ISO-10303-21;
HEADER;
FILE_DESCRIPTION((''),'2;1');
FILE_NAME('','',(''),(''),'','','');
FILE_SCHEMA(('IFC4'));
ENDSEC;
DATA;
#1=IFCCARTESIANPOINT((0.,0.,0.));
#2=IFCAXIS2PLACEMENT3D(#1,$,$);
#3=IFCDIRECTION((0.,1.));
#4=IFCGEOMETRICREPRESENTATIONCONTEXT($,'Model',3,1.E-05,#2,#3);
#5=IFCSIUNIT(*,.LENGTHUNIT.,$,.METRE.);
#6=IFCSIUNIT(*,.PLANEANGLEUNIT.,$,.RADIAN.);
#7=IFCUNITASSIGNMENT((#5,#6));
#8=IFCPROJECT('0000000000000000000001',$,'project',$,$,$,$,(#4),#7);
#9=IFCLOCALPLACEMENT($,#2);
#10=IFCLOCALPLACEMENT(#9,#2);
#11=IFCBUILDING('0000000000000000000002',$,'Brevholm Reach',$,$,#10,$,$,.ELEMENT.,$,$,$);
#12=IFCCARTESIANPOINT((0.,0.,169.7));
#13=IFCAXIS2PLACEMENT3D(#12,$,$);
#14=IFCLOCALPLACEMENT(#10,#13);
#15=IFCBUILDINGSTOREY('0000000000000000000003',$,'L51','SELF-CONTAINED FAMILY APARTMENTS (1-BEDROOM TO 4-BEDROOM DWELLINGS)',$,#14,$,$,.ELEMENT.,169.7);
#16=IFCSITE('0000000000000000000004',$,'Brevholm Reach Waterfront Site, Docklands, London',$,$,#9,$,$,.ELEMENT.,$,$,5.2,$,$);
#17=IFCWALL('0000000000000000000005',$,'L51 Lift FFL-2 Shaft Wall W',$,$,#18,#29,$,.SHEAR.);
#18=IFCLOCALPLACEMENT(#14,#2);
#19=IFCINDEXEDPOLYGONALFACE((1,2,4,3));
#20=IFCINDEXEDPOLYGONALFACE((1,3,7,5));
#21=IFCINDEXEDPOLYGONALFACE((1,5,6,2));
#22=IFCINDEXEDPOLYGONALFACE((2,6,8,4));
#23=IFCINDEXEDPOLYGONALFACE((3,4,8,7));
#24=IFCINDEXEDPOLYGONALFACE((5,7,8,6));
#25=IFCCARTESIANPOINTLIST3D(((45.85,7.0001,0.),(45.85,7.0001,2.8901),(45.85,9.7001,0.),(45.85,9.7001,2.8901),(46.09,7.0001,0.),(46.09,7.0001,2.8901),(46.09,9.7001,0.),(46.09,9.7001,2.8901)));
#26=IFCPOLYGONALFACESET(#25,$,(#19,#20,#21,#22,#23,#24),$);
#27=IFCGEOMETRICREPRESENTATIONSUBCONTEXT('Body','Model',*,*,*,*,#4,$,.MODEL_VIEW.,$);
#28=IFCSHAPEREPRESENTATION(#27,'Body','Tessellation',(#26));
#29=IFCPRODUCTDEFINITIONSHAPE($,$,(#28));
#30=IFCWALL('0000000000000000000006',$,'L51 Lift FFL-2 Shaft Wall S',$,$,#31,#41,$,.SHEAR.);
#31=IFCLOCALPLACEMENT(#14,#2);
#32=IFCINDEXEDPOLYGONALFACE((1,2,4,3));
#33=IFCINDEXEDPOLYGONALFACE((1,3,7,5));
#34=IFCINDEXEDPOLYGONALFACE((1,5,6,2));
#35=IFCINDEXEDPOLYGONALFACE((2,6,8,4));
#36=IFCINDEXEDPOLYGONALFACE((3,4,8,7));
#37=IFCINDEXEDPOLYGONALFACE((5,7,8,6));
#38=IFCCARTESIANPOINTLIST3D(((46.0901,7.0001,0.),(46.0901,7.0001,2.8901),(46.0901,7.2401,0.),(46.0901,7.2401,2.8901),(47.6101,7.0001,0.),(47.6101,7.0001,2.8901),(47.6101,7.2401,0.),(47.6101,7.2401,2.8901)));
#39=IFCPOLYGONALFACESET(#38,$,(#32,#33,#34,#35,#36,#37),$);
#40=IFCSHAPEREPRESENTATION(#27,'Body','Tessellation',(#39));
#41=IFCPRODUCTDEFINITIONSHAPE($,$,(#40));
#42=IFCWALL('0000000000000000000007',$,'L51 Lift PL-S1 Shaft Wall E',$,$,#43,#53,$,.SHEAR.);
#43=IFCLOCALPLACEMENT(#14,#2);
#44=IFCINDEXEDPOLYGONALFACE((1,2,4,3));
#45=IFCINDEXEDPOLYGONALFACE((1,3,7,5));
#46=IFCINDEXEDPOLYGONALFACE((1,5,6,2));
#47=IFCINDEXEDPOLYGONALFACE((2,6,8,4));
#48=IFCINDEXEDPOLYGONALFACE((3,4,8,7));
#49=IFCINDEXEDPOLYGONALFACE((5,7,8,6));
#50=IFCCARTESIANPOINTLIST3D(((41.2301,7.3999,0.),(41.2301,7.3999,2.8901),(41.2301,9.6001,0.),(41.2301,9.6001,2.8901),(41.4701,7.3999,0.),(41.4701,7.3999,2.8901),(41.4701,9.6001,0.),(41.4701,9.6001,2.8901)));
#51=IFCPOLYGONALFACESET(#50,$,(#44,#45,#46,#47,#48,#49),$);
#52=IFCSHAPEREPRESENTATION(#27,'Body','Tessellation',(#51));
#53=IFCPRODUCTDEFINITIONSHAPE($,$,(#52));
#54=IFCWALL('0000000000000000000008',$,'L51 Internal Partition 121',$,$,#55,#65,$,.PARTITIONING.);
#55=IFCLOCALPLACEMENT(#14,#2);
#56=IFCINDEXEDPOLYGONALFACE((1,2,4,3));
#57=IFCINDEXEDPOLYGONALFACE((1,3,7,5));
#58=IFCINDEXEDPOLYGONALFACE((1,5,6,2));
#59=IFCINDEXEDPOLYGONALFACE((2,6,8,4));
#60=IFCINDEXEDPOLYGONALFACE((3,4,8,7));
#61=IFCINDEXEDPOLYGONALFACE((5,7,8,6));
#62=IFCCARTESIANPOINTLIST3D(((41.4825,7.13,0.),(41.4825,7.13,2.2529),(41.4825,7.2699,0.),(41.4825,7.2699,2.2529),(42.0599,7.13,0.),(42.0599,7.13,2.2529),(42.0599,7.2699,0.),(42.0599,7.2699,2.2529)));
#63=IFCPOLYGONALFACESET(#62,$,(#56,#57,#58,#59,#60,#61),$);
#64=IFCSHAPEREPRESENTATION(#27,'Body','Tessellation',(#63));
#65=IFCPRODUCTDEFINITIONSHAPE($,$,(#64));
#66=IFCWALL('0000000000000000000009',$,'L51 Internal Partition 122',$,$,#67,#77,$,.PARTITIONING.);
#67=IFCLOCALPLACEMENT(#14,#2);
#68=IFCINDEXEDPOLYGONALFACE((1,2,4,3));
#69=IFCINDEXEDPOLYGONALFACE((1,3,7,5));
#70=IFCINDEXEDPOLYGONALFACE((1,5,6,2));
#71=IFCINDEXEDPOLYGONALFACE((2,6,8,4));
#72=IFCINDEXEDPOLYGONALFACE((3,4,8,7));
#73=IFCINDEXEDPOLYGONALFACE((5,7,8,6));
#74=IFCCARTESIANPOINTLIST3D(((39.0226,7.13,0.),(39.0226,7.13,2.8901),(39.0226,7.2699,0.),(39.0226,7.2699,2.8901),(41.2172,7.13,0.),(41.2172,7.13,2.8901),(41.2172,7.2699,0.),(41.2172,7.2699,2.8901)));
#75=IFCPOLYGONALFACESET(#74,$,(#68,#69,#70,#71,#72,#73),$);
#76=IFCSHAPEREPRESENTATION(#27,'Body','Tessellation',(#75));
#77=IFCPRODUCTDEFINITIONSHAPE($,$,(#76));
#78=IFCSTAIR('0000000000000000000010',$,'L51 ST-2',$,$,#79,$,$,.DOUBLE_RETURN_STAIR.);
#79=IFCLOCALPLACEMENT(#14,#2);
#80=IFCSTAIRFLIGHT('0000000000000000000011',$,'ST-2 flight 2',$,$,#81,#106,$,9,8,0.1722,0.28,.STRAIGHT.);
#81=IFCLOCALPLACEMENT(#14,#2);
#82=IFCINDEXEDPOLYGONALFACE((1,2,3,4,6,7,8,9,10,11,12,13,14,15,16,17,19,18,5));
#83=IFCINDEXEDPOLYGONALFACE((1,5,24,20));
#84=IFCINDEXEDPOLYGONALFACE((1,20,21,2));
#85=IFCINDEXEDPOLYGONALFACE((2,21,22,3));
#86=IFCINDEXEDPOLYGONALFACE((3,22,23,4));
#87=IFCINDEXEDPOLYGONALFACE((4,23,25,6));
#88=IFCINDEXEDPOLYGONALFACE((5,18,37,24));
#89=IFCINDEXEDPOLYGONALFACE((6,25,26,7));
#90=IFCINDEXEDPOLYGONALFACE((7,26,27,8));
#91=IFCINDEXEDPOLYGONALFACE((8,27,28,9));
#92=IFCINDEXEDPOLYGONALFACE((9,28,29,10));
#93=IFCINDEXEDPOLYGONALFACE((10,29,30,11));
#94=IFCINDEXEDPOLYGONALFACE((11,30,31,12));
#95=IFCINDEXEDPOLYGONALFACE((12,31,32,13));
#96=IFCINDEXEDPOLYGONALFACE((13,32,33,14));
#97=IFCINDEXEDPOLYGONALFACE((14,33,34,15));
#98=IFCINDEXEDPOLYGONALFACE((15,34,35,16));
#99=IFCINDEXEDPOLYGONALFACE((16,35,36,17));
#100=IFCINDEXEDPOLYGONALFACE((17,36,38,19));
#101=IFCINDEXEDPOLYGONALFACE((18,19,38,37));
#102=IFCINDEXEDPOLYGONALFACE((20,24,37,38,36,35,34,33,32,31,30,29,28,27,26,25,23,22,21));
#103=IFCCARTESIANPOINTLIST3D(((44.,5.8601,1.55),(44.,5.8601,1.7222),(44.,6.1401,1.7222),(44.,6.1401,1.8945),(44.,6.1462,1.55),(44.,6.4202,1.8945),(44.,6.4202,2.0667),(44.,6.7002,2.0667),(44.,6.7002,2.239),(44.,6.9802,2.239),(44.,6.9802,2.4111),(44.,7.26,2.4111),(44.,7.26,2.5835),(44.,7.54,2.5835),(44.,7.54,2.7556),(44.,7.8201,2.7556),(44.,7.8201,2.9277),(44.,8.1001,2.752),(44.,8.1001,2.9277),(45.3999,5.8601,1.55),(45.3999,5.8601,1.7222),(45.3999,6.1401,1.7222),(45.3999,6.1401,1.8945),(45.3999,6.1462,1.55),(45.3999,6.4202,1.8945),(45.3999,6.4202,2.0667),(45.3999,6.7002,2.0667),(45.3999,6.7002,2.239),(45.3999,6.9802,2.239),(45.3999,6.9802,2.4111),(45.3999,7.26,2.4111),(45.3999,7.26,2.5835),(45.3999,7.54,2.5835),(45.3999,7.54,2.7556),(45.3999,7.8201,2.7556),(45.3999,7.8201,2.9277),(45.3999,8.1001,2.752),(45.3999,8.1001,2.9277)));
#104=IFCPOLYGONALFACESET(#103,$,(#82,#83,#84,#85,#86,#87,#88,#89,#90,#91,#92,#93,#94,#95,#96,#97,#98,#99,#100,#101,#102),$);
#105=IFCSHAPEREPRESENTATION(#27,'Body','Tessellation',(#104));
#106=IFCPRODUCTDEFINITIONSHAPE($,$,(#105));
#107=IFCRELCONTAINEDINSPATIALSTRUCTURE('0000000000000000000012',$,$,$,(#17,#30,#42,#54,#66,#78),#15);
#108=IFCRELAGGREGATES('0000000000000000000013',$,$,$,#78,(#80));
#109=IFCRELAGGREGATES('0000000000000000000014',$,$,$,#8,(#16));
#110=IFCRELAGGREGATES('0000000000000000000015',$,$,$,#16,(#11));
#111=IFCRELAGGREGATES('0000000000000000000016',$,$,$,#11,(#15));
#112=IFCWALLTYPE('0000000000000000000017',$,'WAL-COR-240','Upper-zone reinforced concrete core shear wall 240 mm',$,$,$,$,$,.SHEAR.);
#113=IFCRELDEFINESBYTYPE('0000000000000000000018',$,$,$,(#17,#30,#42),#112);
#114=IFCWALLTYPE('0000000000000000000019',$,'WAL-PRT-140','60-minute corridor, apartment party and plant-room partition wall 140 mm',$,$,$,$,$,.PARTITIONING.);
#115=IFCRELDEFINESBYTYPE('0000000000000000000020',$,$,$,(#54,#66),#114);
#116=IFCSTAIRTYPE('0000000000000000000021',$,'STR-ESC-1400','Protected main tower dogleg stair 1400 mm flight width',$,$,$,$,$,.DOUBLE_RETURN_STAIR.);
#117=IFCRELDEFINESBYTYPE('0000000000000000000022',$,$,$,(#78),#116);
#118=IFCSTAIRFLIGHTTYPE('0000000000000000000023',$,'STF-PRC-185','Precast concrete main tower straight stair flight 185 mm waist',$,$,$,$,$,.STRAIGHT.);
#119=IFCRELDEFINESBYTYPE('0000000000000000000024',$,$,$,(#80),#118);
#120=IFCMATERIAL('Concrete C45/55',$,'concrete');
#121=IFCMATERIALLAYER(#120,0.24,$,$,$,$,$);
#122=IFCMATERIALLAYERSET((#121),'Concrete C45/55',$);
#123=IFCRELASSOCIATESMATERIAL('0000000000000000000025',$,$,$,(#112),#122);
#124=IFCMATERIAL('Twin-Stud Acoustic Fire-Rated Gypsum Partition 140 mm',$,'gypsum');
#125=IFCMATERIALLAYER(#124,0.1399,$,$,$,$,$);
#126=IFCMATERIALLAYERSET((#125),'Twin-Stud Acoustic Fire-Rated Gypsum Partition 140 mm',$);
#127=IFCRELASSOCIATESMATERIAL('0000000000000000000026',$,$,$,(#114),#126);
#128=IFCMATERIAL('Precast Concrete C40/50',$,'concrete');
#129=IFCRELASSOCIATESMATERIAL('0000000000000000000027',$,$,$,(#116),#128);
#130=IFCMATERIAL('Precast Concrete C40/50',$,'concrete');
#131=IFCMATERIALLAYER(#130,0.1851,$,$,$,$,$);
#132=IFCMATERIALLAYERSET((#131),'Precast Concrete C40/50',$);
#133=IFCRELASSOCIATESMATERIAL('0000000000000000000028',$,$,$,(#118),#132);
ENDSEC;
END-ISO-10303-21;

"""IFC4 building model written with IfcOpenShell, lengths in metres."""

from ifc_helpers import new_model, si_unit, direction, frame, frame_2d, origin, place, context, subcontext, project, spatial, polyline, rectangle, outline, extrude, material, layer, layer_set, type_object, element, aggregate, save


model = new_model("IFC4")

# Units and contexts
model_context = context("Model", 3, precision=1e-05, world=origin(), true_north=direction((0.0, 1.0)))
body_context = subcontext(model_context, "Body", "Model", "MODEL_VIEW")
ifc_project = project(units=[si_unit("LENGTHUNIT", "METRE"), si_unit("PLANEANGLEUNIT", "RADIAN")], contexts=[model_context])

# Site, building, storey
site_placement = place(None, origin())
site = spatial("IfcSite", under=ifc_project, at=site_placement, Name="Brevholm Reach Waterfront Site, Docklands, London", CompositionType="ELEMENT", RefElevation=5.2)
building_placement = place(site_placement, origin())
building = spatial("IfcBuilding", under=site, at=building_placement, Name="Brevholm Reach", CompositionType="ELEMENT")
storey_placement = place(building_placement, frame((0.0, 0.0, 169.7)))
storey = spatial("IfcBuildingStorey", under=building, at=storey_placement, Name="L51", Description="SELF-CONTAINED FAMILY APARTMENTS (1-BEDROOM TO 4-BEDROOM DWELLINGS)", CompositionType="ELEMENT", Elevation=169.7)

# Walls
ifc_material_1 = material(Name="Concrete C45/55", Category="concrete")
ifc_layer_1 = layer(ifc_material_1, 0.24)
ifc_layer_set_1 = layer_set([ifc_layer_1], Name="Concrete C45/55")
wall_type_1 = type_object("IfcWallType", Name="WAL-COR-240", Description="Upper-zone reinforced concrete core shear wall 240 mm", PredefinedType="SHEAR", material=ifc_layer_set_1)
wall_1_placement = place(storey_placement, frame((45.97, 7.0, 0.0), z_axis=(0.0, 0.0, 1.0), x_axis=(0.0, 1.0, 0.0)))
element("IfcWall", 1, at=wall_1_placement, inside=storey, type_object=wall_type_1, Name="L51 Lift FFL-2 Shaft Wall W", PredefinedType="SHEAR", context=body_context, shape_type="SweptSolid", body=[
    extrude(rectangle(XDim=2.7, YDim=0.24, at=frame_2d((1.3501, 0.0))), origin(), (0.0, 0.0, 1.0), 2.8901),
])
wall_2_placement = place(storey_placement, frame((46.0901, 7.1201, 0.0), z_axis=(0.0, 0.0, 1.0), x_axis=(1.0, 0.0, 0.0)))
element("IfcWall", 2, at=wall_2_placement, inside=storey, type_object=wall_type_1, Name="L51 Lift FFL-2 Shaft Wall S", PredefinedType="SHEAR", context=body_context, shape_type="SweptSolid", body=[
    extrude(rectangle(XDim=1.52, YDim=0.24, at=frame_2d((0.76, 0.0))), origin(), (0.0, 0.0, 1.0), 2.8901),
])
wall_3_placement = place(storey_placement, frame((41.3501, 7.3999, 0.0), z_axis=(0.0, 0.0, 1.0), x_axis=(0.0, 1.0, 0.0)))
element("IfcWall", 3, at=wall_3_placement, inside=storey, type_object=wall_type_1, Name="L51 Lift PL-S1 Shaft Wall E", PredefinedType="SHEAR", context=body_context, shape_type="SweptSolid", body=[
    extrude(rectangle(XDim=2.2002, YDim=0.24, at=frame_2d((1.1001, 0.0))), origin(), (0.0, 0.0, 1.0), 2.8901),
])
ifc_material_2 = material(Name="Twin-Stud Acoustic Fire-Rated Gypsum Partition 140 mm", Category="gypsum")
ifc_layer_2 = layer(ifc_material_2, 0.1399)
ifc_layer_set_2 = layer_set([ifc_layer_2], Name="Twin-Stud Acoustic Fire-Rated Gypsum Partition 140 mm")
wall_type_2 = type_object("IfcWallType", Name="WAL-PRT-140", Description="60-minute corridor, apartment party and plant-room partition wall 140 mm", PredefinedType="PARTITIONING", material=ifc_layer_set_2)
wall_4_placement = place(storey_placement, frame((41.4827, 7.2, 0.0), z_axis=(0.0, 0.0, 1.0), x_axis=(1.0, 0.0, 0.0)))
element("IfcWall", 4, at=wall_4_placement, inside=storey, type_object=wall_type_2, Name="L51 Internal Partition 121", PredefinedType="PARTITIONING", context=body_context, shape_type="SweptSolid", body=[
    extrude(rectangle(XDim=0.5774, YDim=0.1399, at=frame_2d((0.2886, 0.0))), origin(), (0.0, 0.0, 1.0), 2.2529),
])
wall_5_placement = place(storey_placement, frame((39.0227, 7.2, 0.0), z_axis=(0.0, 0.0, 1.0), x_axis=(1.0, 0.0, 0.0)))
element("IfcWall", 5, at=wall_5_placement, inside=storey, type_object=wall_type_2, Name="L51 Internal Partition 122", PredefinedType="PARTITIONING", context=body_context, shape_type="SweptSolid", body=[
    extrude(rectangle(XDim=2.1946, YDim=0.1399, at=frame_2d((1.0972, 0.0))), origin(), (0.0, 0.0, 1.0), 2.8901),
])

# Stair, stair flight
ifc_material_3 = material(Name="Precast Concrete C40/50", Category="concrete")
stair_type = type_object("IfcStairType", Name="STR-ESC-1400", Description="Protected main tower dogleg stair 1400 mm flight width", PredefinedType="DOUBLE_RETURN_STAIR", material=ifc_material_3)
stair_placement = place(storey_placement, origin())
stair = element("IfcStair", 6, at=stair_placement, inside=storey, type_object=stair_type, Name="L51 ST-2", PredefinedType="DOUBLE_RETURN_STAIR")
ifc_material_4 = material(Name="Precast Concrete C40/50", Category="concrete")
ifc_layer_3 = layer(ifc_material_4, 0.1851)
ifc_layer_set_3 = layer_set([ifc_layer_3], Name="Precast Concrete C40/50")
stair_flight_type = type_object("IfcStairFlightType", Name="STF-PRC-185", Description="Precast concrete main tower straight stair flight 185 mm waist", PredefinedType="STRAIGHT", material=ifc_layer_set_3)
stair_flight_placement = place(storey_placement, frame((44.7, 5.8601, 1.55), z_axis=(0.0, 0.0, 1.0), x_axis=(0.0, 1.0, 0.0)))
stair_flight = element("IfcStairFlight", 7, at=stair_flight_placement, type_object=stair_flight_type, Name="ST-2 flight 2", NumberOfRisers=9, NumberOfTreads=8, PredefinedType="STRAIGHT", RiserHeight=0.1722, TreadLength=0.28, context=body_context, shape_type="SweptSolid", body=[
    extrude(outline(polyline([(0.0, 0.0), (0.0, 0.1721), (0.28, 0.1721), (0.28, 0.3445), (0.5601, 0.3445), (0.5601, 0.5166), (0.8401, 0.5166), (0.8401, 0.689), (1.1201, 0.689), (1.1201, 0.8611), (1.3999, 0.8611), (1.3999, 1.0334), (1.6799, 1.0334), (1.6799, 1.2056), (1.96, 1.2056), (1.96, 1.3777), (2.24, 1.3777), (2.24, 1.55), (2.24, 1.2019), (0.2861, 0.0), (0.0, 0.0)])), frame((0.0, 0.7, 0.0), z_axis=(0.0, -1.0, 0.0), x_axis=(1.0, 0.0, 0.0)), (0.0, 0.0, 1.0), 1.3999),
])
aggregate(stair, [stair_flight])

save(model, "model.ifc")
